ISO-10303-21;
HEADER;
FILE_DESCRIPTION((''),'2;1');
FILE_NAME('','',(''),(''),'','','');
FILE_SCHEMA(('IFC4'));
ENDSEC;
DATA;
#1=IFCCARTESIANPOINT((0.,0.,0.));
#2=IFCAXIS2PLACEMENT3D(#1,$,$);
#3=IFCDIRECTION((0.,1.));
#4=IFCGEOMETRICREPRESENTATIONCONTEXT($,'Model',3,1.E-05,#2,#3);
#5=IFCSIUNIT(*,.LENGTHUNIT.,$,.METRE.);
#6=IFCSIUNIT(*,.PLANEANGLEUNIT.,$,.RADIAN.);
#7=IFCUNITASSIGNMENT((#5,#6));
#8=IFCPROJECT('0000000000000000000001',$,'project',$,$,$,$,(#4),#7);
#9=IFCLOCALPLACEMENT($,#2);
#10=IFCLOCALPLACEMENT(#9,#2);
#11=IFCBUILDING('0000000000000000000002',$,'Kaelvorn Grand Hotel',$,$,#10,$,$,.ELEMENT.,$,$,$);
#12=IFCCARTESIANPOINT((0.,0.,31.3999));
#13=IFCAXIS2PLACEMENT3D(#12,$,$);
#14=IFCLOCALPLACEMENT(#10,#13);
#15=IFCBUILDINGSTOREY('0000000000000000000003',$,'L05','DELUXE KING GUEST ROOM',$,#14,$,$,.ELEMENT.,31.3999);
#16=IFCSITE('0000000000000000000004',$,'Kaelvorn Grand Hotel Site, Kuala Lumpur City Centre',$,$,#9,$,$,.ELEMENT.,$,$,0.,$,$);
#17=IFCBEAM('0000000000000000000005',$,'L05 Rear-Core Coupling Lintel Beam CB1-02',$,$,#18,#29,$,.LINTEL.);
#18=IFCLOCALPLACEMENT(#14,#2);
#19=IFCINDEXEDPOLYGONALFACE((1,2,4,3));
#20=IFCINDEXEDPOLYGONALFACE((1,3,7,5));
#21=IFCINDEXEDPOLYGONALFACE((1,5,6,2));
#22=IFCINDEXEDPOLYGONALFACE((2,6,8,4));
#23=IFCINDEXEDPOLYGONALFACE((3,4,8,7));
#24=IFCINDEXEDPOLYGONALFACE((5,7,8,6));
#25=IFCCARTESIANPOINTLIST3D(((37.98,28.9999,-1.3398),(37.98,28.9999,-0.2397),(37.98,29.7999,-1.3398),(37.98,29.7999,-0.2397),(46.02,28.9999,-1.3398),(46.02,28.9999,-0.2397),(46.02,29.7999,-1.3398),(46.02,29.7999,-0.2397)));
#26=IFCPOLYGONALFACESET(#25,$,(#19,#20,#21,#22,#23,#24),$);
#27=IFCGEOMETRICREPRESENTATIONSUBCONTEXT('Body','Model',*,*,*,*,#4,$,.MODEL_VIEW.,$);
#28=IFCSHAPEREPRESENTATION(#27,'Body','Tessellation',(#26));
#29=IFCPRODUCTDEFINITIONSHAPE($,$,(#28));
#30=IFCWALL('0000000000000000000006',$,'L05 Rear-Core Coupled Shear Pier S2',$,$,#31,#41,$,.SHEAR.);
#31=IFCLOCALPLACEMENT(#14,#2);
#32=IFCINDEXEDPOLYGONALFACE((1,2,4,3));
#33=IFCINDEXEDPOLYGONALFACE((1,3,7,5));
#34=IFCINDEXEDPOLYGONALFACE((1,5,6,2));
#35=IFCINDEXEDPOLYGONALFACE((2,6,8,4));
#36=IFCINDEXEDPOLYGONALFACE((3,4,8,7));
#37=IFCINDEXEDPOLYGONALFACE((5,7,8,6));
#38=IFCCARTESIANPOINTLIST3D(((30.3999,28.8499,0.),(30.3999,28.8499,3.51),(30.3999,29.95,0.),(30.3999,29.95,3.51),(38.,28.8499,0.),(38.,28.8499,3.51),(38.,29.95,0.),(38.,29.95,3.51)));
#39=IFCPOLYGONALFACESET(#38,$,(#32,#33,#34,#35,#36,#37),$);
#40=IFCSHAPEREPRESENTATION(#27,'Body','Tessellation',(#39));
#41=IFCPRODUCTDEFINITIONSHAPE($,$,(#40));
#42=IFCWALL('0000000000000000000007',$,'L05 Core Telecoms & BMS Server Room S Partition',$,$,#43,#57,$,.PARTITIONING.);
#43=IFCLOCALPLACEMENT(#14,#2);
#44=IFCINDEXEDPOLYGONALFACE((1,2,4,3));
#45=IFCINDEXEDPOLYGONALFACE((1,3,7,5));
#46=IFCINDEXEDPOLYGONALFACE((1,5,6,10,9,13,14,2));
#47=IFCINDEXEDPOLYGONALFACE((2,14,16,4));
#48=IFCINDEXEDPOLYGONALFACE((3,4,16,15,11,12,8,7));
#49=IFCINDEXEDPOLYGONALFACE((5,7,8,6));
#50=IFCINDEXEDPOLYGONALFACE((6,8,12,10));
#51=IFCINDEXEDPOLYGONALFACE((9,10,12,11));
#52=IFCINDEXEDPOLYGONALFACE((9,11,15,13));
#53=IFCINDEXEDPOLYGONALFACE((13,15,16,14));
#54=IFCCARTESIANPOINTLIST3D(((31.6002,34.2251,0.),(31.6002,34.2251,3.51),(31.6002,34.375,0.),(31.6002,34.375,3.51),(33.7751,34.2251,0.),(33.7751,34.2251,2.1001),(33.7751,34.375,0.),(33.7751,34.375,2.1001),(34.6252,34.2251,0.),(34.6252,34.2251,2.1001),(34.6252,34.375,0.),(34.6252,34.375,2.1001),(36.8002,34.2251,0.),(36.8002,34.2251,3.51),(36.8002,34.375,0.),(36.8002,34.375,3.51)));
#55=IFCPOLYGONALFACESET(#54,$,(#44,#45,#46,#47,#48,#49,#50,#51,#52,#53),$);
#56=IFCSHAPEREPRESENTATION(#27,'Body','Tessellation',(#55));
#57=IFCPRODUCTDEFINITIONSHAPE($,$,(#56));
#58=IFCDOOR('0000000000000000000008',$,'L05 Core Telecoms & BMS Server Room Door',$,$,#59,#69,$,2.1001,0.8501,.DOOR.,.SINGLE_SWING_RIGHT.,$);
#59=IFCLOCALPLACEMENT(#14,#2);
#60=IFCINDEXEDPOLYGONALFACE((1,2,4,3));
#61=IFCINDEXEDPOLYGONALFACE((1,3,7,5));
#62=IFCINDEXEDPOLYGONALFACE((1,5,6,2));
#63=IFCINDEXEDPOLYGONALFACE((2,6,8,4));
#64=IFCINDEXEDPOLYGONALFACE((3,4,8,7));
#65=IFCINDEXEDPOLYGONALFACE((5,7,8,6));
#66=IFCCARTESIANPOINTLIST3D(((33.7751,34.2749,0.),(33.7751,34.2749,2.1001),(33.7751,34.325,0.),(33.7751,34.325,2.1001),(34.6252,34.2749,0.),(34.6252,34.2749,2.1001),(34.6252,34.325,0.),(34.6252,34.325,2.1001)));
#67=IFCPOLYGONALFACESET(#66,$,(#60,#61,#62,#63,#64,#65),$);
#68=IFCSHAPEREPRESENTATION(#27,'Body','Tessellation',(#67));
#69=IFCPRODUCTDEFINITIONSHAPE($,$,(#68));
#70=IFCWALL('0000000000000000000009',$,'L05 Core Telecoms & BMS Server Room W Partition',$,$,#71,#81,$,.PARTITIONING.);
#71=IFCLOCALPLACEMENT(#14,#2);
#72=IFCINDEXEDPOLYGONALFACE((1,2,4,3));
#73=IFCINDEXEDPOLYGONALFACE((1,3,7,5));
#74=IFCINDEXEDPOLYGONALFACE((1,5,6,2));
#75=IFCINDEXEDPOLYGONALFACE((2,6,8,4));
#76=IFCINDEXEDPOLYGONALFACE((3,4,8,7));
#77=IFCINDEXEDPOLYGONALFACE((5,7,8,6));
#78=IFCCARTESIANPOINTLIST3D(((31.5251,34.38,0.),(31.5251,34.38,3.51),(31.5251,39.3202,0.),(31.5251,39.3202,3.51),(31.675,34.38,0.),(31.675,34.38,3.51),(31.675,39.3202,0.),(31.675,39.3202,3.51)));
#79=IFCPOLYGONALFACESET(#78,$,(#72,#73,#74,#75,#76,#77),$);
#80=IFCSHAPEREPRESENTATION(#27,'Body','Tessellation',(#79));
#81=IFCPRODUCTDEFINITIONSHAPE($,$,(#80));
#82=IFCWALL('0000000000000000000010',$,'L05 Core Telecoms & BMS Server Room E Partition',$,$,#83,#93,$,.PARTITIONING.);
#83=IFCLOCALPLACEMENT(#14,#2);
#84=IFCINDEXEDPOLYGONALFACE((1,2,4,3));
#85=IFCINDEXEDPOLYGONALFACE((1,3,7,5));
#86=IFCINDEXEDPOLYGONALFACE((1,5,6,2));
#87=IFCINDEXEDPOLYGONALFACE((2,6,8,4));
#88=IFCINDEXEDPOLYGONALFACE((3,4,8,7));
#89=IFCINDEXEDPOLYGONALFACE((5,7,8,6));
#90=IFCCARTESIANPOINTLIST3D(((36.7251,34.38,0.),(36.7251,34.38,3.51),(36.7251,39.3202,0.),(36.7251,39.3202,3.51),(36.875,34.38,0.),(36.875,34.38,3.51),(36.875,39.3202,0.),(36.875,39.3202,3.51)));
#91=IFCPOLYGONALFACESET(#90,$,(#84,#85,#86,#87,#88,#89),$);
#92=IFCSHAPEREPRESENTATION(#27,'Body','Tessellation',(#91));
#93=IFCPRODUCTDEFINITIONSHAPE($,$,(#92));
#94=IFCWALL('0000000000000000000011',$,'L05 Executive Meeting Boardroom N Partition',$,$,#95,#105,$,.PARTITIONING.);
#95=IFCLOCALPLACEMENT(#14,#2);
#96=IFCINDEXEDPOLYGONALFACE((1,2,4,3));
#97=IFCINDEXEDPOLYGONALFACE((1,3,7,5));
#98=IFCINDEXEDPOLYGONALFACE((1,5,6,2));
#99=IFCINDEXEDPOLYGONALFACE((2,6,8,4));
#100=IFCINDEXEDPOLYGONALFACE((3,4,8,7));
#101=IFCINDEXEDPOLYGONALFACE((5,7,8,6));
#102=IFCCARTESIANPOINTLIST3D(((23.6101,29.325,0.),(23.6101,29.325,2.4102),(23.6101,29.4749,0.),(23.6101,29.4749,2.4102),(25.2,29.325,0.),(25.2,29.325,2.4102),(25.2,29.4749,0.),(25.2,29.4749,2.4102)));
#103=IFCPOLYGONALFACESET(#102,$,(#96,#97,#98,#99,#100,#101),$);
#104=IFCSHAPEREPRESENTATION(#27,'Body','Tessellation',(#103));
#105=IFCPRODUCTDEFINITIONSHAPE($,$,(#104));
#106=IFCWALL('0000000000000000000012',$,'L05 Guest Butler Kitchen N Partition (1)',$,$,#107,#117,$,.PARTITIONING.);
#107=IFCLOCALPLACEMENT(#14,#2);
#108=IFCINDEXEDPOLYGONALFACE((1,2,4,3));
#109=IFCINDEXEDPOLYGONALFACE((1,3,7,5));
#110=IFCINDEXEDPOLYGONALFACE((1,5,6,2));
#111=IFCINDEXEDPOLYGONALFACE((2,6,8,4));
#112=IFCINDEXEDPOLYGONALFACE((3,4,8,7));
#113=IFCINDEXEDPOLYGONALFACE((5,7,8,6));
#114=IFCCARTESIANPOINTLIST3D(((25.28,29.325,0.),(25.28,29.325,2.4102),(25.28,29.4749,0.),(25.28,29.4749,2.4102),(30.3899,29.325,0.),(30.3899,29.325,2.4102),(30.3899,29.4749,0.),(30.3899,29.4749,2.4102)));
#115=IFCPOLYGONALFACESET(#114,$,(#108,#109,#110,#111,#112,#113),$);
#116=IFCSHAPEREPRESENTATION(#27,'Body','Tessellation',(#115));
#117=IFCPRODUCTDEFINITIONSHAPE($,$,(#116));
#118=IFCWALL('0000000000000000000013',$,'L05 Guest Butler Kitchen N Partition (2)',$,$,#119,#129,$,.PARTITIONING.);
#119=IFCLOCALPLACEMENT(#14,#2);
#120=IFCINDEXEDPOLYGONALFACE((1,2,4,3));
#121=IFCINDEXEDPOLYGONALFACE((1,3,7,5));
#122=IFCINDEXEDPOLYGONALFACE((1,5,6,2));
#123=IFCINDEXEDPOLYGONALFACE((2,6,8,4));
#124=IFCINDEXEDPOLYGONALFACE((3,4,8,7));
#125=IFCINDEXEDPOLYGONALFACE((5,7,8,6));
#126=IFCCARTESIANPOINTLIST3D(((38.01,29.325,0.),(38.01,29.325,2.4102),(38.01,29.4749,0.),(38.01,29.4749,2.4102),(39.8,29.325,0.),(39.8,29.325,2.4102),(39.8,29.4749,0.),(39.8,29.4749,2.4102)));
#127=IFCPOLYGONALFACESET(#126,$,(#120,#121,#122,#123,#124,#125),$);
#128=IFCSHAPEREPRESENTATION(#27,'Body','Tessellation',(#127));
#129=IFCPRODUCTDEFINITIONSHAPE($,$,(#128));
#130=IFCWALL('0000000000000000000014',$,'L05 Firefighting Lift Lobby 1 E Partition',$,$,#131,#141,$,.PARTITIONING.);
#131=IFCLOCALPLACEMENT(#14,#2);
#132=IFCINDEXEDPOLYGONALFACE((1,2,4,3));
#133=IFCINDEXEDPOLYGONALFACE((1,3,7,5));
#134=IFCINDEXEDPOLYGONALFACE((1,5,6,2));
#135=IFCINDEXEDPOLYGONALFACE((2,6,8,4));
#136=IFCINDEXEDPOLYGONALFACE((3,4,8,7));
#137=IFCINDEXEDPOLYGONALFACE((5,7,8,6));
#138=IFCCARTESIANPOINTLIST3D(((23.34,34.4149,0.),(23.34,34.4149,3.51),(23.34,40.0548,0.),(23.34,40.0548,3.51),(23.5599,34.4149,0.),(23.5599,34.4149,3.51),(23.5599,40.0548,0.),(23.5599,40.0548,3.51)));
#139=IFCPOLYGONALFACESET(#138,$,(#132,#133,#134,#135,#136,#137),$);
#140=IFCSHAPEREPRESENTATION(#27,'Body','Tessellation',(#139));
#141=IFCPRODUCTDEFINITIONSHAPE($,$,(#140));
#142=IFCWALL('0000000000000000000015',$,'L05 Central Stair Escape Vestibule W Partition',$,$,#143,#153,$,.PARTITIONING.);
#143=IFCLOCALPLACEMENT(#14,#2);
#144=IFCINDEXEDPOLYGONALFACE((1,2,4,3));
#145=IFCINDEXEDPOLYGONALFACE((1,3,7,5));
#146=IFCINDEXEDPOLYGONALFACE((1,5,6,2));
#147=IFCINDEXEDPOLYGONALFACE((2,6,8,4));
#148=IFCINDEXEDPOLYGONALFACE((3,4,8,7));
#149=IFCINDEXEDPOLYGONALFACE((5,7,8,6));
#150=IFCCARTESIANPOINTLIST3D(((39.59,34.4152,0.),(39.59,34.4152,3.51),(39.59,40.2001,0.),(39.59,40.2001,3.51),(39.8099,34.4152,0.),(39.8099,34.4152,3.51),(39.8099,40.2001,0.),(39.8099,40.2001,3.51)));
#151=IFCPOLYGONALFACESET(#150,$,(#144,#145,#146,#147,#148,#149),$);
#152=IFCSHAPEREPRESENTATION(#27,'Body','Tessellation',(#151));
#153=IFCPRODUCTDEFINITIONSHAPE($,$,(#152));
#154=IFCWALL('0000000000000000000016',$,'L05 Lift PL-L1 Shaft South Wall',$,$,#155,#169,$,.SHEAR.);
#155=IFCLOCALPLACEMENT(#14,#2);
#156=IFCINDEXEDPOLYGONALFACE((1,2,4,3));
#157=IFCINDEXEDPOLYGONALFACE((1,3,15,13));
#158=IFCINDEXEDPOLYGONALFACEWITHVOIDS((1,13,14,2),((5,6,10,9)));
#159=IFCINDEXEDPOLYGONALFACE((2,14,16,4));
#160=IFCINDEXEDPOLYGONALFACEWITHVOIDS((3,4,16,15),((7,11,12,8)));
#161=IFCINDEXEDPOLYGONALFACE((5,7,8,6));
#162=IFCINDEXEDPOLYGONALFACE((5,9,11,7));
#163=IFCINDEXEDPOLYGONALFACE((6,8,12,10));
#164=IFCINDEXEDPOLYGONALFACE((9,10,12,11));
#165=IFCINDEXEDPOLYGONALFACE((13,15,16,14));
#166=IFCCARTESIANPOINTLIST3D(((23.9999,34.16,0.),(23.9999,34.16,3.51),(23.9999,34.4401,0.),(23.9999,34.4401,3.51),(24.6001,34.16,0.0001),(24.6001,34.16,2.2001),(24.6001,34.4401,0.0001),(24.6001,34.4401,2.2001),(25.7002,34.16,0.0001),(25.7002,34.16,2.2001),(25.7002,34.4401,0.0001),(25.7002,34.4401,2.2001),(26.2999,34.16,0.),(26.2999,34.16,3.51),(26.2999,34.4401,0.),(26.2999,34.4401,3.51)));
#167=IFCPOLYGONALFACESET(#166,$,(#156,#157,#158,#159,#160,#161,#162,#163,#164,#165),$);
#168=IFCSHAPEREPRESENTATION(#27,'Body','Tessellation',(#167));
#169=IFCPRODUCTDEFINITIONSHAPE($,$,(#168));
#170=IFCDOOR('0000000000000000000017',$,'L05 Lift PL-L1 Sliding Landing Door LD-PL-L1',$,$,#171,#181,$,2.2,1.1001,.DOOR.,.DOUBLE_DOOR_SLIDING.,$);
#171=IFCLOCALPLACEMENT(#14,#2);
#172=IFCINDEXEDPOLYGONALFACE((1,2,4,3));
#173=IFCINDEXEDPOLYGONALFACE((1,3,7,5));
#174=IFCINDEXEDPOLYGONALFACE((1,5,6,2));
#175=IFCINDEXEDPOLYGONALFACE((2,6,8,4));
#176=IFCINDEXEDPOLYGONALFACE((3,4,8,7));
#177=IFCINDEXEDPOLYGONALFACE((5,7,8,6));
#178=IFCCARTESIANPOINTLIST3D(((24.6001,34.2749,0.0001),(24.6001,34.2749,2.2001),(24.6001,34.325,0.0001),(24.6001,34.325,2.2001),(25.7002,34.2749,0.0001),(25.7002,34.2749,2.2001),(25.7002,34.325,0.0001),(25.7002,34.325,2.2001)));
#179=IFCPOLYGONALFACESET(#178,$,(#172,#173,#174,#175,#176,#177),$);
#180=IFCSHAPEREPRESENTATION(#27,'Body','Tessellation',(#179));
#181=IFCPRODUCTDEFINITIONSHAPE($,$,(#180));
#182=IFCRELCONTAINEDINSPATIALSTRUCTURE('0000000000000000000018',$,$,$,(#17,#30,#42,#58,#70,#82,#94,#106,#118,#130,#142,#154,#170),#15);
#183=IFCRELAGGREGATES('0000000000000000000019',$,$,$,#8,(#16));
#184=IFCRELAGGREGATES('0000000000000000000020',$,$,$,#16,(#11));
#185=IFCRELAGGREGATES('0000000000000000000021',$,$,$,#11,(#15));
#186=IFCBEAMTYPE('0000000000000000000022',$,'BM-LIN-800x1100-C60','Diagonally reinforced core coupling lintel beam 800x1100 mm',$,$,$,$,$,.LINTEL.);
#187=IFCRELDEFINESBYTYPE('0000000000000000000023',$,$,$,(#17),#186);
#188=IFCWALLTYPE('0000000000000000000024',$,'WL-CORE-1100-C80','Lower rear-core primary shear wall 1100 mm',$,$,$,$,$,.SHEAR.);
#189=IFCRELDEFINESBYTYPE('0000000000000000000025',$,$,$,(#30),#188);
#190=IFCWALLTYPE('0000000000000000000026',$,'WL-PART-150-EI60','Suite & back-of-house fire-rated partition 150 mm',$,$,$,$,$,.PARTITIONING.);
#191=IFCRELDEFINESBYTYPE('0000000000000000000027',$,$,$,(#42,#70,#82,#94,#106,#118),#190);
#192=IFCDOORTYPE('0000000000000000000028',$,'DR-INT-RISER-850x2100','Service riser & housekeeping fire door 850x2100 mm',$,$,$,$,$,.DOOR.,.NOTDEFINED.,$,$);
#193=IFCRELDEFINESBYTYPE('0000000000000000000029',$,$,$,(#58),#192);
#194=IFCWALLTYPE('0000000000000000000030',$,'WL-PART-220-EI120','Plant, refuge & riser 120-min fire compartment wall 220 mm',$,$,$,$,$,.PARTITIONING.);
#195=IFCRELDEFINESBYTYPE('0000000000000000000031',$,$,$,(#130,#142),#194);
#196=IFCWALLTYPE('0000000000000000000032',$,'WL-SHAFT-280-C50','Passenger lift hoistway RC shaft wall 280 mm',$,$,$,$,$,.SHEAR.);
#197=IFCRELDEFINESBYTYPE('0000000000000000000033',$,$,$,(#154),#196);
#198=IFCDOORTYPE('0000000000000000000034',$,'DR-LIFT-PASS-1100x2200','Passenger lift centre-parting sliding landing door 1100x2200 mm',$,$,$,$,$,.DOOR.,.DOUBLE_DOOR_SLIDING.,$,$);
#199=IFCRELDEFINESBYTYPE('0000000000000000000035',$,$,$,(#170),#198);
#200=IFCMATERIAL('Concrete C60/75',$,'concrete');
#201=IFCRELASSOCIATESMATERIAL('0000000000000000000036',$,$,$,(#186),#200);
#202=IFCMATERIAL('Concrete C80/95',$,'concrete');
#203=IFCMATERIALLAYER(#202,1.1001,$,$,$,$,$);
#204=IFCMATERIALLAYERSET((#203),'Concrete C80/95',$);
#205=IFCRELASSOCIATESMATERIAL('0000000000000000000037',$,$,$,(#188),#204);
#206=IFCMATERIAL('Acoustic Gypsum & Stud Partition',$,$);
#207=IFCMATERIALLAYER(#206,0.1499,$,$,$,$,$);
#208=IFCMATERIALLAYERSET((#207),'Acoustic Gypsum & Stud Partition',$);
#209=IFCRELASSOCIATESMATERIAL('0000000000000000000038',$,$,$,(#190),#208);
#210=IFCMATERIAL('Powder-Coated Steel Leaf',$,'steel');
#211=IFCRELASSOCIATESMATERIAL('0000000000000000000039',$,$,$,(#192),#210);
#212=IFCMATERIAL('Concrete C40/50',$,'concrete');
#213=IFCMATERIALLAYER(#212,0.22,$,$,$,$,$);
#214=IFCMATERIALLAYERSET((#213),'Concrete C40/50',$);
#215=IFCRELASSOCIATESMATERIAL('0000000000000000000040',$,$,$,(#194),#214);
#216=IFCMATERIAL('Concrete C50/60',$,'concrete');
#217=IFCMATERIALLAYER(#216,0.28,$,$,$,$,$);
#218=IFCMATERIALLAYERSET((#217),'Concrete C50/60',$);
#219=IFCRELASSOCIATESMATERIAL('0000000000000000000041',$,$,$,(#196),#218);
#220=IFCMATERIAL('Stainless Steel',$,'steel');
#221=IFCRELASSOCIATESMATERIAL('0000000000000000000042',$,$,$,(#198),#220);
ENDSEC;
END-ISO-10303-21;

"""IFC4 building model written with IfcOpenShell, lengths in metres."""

from ifc_helpers import new_model, si_unit, direction, frame, frame_2d, origin, origin_2d, place, context, subcontext, project, spatial, rectangle, extrude, material, layer, layer_set, material_profile, profile_set, type_object, element, fill, save


model = new_model("IFC4")

# Units and contexts
model_context = context("Model", 3, precision=1e-05, world=origin(), true_north=direction((0.0, 1.0)))
body_context = subcontext(model_context, "Body", "Model", "MODEL_VIEW")
ifc_project = project(units=[si_unit("LENGTHUNIT", "METRE"), si_unit("PLANEANGLEUNIT", "RADIAN")], contexts=[model_context])

# Site, building, storey
site_placement = place(None, origin())
site = spatial("IfcSite", under=ifc_project, at=site_placement, Name="Kaelvorn Grand Hotel Site, Kuala Lumpur City Centre", CompositionType="ELEMENT", RefElevation=0.0)
building_placement = place(site_placement, origin())
building = spatial("IfcBuilding", under=site, at=building_placement, Name="Kaelvorn Grand Hotel", CompositionType="ELEMENT")
storey_placement = place(building_placement, frame((0.0, 0.0, 31.3999)))
storey = spatial("IfcBuildingStorey", under=building, at=storey_placement, Name="L05", Description="DELUXE KING GUEST ROOM", CompositionType="ELEMENT", Elevation=31.3999)

# Shared definitions
ifc_material_1 = material(Name="Concrete C80/95", Category="concrete")

# Beam
ifc_material_2 = material(Name="Concrete C60/75", Category="concrete")
ifc_material_profile_1 = material_profile(ifc_material_2, rectangle(XDim=0.8, YDim=1.1001, at=origin_2d()), Name="RC LINTEL 800x1100")
ifc_profile_set_1 = profile_set([ifc_material_profile_1], Name="Concrete C60/75")
beam_type_1 = type_object("IfcBeamType", Name="BM-LIN-800x1100-C60", Description="Diagonally reinforced core coupling lintel beam 800x1100 mm", PredefinedType="LINTEL", material=ifc_profile_set_1)
beam_1_placement = place(storey_placement, frame((37.98, 29.3999, -0.7898), z_axis=(1.0, 0.0, 0.0), x_axis=(0.0, 1.0, 0.0)))
element("IfcBeam", 1, at=beam_1_placement, inside=storey, type_object=beam_type_1, Name="L05 Rear-Core Coupling Lintel Beam CB1-02", PredefinedType="LINTEL", context=body_context, shape_type="SweptSolid", body=[
    extrude(rectangle(XDim=0.8, YDim=1.1001, at=origin_2d()), origin(), (0.0, 0.0, 1.0), 8.04),
])

# Wall
ifc_layer_1 = layer(ifc_material_1, 1.1001)
ifc_layer_set_1 = layer_set([ifc_layer_1], Name="Concrete C80/95")
wall_type_1 = type_object("IfcWallType", Name="WL-CORE-1100-C80", Description="Lower rear-core primary shear wall 1100 mm", PredefinedType="SHEAR", material=ifc_layer_set_1)
wall_1_placement = place(storey_placement, frame((30.3999, 29.3999, 0.0), z_axis=(0.0, 0.0, 1.0), x_axis=(1.0, 0.0, 0.0)))
element("IfcWall", 2, at=wall_1_placement, inside=storey, type_object=wall_type_1, Name="L05 Rear-Core Coupled Shear Pier S2", PredefinedType="SHEAR", context=body_context, shape_type="SweptSolid", body=[
    extrude(rectangle(XDim=7.6001, YDim=1.1001, at=frame_2d((3.8, 0.0))), origin(), (0.0, 0.0, 1.0), 3.51),
])

# Wall, opening, door
ifc_material_3 = material(Name="Acoustic Gypsum & Stud Partition")
ifc_layer_2 = layer(ifc_material_3, 0.1499)
ifc_layer_set_2 = layer_set([ifc_layer_2], Name="Acoustic Gypsum & Stud Partition")
wall_type_2 = type_object("IfcWallType", Name="WL-PART-150-EI60", Description="Suite & back-of-house fire-rated partition 150 mm", PredefinedType="PARTITIONING", material=ifc_layer_set_2)
wall_2_placement = place(storey_placement, frame((31.6001, 34.3, 0.0), z_axis=(0.0, 0.0, 1.0), x_axis=(1.0, 0.0, 0.0)))
wall_2 = element("IfcWall", 3, at=wall_2_placement, inside=storey, type_object=wall_type_2, Name="L05 Core Telecoms & BMS Server Room S Partition", PredefinedType="PARTITIONING", context=body_context, shape_type="SweptSolid", body=[
    extrude(rectangle(XDim=5.2, YDim=0.1499, at=frame_2d((2.6001, 0.0))), origin(), (0.0, 0.0, 1.0), 3.51),
])
opening_1_placement = place(wall_2_placement, frame((2.175, 0.0, 0.0)))
opening_1 = element("IfcOpeningElement", 4, at=opening_1_placement, cuts=wall_2, PredefinedType="OPENING", context=body_context, shape_type="SweptSolid", body=[
    extrude(rectangle(XDim=0.8501, YDim=2.1001, at=frame_2d((0.425, 1.05))), frame((0.0, 0.085, 0.0), z_axis=(0.0, -1.0, 0.0), x_axis=(1.0, 0.0, 0.0)), (0.0, 0.0, 1.0), 0.1699),
])
ifc_material_4 = material(Name="Powder-Coated Steel Leaf", Category="steel")
door_type_1 = type_object("IfcDoorType", Name="DR-INT-RISER-850x2100", Description="Service riser & housekeeping fire door 850x2100 mm", OperationType="NOTDEFINED", PredefinedType="DOOR", material=ifc_material_4)
door_1_placement = place(opening_1_placement, origin())
door_1 = element("IfcDoor", 5, at=door_1_placement, inside=storey, type_object=door_type_1, Name="L05 Core Telecoms & BMS Server Room Door", OperationType="SINGLE_SWING_RIGHT", OverallHeight=2.1001, OverallWidth=0.8501, PredefinedType="DOOR", context=body_context, shape_type="SweptSolid", body=[
    extrude(rectangle(XDim=0.8501, YDim=2.1001, at=frame_2d((0.425, 1.05))), frame((0.0, 0.0249, 0.0), z_axis=(0.0, -1.0, 0.0), x_axis=(1.0, 0.0, 0.0)), (0.0, 0.0, 1.0), 0.05),
])
fill(opening_1, door_1)

# Walls
for number, where, z_axis, x_axis, name in (
    (6, (31.6001, 34.3799, 0.0), (0.0, 0.0, 1.0), (0.0, 1.0, 0.0), "L05 Core Telecoms & BMS Server Room W Partition"),
    (7, (36.8, 34.3799, 0.0), (0.0, 0.0, 1.0), (0.0, 1.0, 0.0), "L05 Core Telecoms & BMS Server Room E Partition"),
):
    element("IfcWall", number, at=place(storey_placement, frame(where, z_axis=z_axis, x_axis=x_axis)), inside=storey, type_object=wall_type_2, Name=name, PredefinedType="PARTITIONING", context=body_context, shape_type="SweptSolid", body=[
        extrude(rectangle(XDim=4.9402, YDim=0.1499, at=frame_2d((2.4702, 0.0))), origin(), (0.0, 0.0, 1.0), 3.51),
    ])
wall_3_placement = place(storey_placement, frame((23.6101, 29.3999, 0.0), z_axis=(0.0, 0.0, 1.0), x_axis=(1.0, 0.0, 0.0)))
element("IfcWall", 8, at=wall_3_placement, inside=storey, type_object=wall_type_2, Name="L05 Executive Meeting Boardroom N Partition", PredefinedType="PARTITIONING", context=body_context, shape_type="SweptSolid", body=[
    extrude(rectangle(XDim=1.5898, YDim=0.1499, at=frame_2d((0.7949, 0.0))), origin(), (0.0, 0.0, 1.0), 2.4102),
])
wall_4_placement = place(storey_placement, frame((25.28, 29.3999, 0.0), z_axis=(0.0, 0.0, 1.0), x_axis=(1.0, 0.0, 0.0)))
element("IfcWall", 9, at=wall_4_placement, inside=storey, type_object=wall_type_2, Name="L05 Guest Butler Kitchen N Partition (1)", PredefinedType="PARTITIONING", context=body_context, shape_type="SweptSolid", body=[
    extrude(rectangle(XDim=5.1099, YDim=0.1499, at=frame_2d((2.5549, 0.0))), origin(), (0.0, 0.0, 1.0), 2.4102),
])
wall_5_placement = place(storey_placement, frame((38.01, 29.3999, 0.0), z_axis=(0.0, 0.0, 1.0), x_axis=(1.0, 0.0, 0.0)))
element("IfcWall", 10, at=wall_5_placement, inside=storey, type_object=wall_type_2, Name="L05 Guest Butler Kitchen N Partition (2)", PredefinedType="PARTITIONING", context=body_context, shape_type="SweptSolid", body=[
    extrude(rectangle(XDim=1.79, YDim=0.1499, at=frame_2d((0.895, 0.0))), origin(), (0.0, 0.0, 1.0), 2.4102),
])
ifc_material_5 = material(Name="Concrete C40/50", Category="concrete")
ifc_layer_3 = layer(ifc_material_5, 0.22)
ifc_layer_set_3 = layer_set([ifc_layer_3], Name="Concrete C40/50")
wall_type_3 = type_object("IfcWallType", Name="WL-PART-220-EI120", Description="Plant, refuge & riser 120-min fire compartment wall 220 mm", PredefinedType="PARTITIONING", material=ifc_layer_set_3)
wall_6_placement = place(storey_placement, frame((23.45, 34.415, 0.0), z_axis=(0.0, 0.0, 1.0), x_axis=(0.0, 1.0, 0.0)))
element("IfcWall", 11, at=wall_6_placement, inside=storey, type_object=wall_type_3, Name="L05 Firefighting Lift Lobby 1 E Partition", PredefinedType="PARTITIONING", context=body_context, shape_type="SweptSolid", body=[
    extrude(rectangle(XDim=5.6399, YDim=0.22, at=frame_2d((2.8198, 0.0))), origin(), (0.0, 0.0, 1.0), 3.51),
])

# Wall
wall_7_placement = place(storey_placement, frame((39.7, 34.415, 0.0), z_axis=(0.0, 0.0, 1.0), x_axis=(0.0, 1.0, 0.0)))
element("IfcWall", 12, at=wall_7_placement, inside=storey, type_object=wall_type_3, Name="L05 Central Stair Escape Vestibule W Partition", PredefinedType="PARTITIONING", context=body_context, shape_type="SweptSolid", body=[
    extrude(rectangle(XDim=5.7849, YDim=0.22, at=frame_2d((2.8926, 0.0))), origin(), (0.0, 0.0, 1.0), 3.51),
])

# Wall, opening, door
ifc_material_6 = material(Name="Concrete C50/60", Category="concrete")
ifc_layer_4 = layer(ifc_material_6, 0.28)
ifc_layer_set_4 = layer_set([ifc_layer_4], Name="Concrete C50/60")
wall_type_4 = type_object("IfcWallType", Name="WL-SHAFT-280-C50", Description="Passenger lift hoistway RC shaft wall 280 mm", PredefinedType="SHEAR", material=ifc_layer_set_4)
wall_8_placement = place(storey_placement, frame((24.0, 34.3, 0.0), z_axis=(0.0, 0.0, 1.0), x_axis=(1.0, 0.0, 0.0)))
wall_8 = element("IfcWall", 13, at=wall_8_placement, inside=storey, type_object=wall_type_4, Name="L05 Lift PL-L1 Shaft South Wall", PredefinedType="SHEAR", context=body_context, shape_type="SweptSolid", body=[
    extrude(rectangle(XDim=2.3, YDim=0.28, at=frame_2d((1.1499, 0.0))), origin(), (0.0, 0.0, 1.0), 3.51),
])
opening_2_placement = place(wall_8_placement, frame((0.6001, 0.0, 0.0)))
opening_2 = element("IfcOpeningElement", 14, at=opening_2_placement, cuts=wall_8, PredefinedType="OPENING", context=body_context, shape_type="SweptSolid", body=[
    extrude(rectangle(XDim=1.1001, YDim=2.2, at=frame_2d((0.55, 1.1001))), frame((0.0, 0.1499, 0.0), z_axis=(0.0, -1.0, 0.0), x_axis=(1.0, 0.0, 0.0)), (0.0, 0.0, 1.0), 0.3),
])
ifc_material_7 = material(Name="Stainless Steel", Category="steel")
door_type_2 = type_object("IfcDoorType", Name="DR-LIFT-PASS-1100x2200", Description="Passenger lift centre-parting sliding landing door 1100x2200 mm", OperationType="DOUBLE_DOOR_SLIDING", PredefinedType="DOOR", material=ifc_material_7)
door_2_placement = place(opening_2_placement, origin())
door_2 = element("IfcDoor", 15, at=door_2_placement, inside=storey, type_object=door_type_2, Name="L05 Lift PL-L1 Sliding Landing Door LD-PL-L1", OperationType="DOUBLE_DOOR_SLIDING", OverallHeight=2.2, OverallWidth=1.1001, PredefinedType="DOOR", context=body_context, shape_type="SweptSolid", body=[
    extrude(rectangle(XDim=1.1001, YDim=2.2, at=frame_2d((0.55, 1.1001))), frame((0.0, 0.0249, 0.0), z_axis=(0.0, -1.0, 0.0), x_axis=(1.0, 0.0, 0.0)), (0.0, 0.0, 1.0), 0.05),
])
fill(opening_2, door_2)

save(model, "model.ifc")
